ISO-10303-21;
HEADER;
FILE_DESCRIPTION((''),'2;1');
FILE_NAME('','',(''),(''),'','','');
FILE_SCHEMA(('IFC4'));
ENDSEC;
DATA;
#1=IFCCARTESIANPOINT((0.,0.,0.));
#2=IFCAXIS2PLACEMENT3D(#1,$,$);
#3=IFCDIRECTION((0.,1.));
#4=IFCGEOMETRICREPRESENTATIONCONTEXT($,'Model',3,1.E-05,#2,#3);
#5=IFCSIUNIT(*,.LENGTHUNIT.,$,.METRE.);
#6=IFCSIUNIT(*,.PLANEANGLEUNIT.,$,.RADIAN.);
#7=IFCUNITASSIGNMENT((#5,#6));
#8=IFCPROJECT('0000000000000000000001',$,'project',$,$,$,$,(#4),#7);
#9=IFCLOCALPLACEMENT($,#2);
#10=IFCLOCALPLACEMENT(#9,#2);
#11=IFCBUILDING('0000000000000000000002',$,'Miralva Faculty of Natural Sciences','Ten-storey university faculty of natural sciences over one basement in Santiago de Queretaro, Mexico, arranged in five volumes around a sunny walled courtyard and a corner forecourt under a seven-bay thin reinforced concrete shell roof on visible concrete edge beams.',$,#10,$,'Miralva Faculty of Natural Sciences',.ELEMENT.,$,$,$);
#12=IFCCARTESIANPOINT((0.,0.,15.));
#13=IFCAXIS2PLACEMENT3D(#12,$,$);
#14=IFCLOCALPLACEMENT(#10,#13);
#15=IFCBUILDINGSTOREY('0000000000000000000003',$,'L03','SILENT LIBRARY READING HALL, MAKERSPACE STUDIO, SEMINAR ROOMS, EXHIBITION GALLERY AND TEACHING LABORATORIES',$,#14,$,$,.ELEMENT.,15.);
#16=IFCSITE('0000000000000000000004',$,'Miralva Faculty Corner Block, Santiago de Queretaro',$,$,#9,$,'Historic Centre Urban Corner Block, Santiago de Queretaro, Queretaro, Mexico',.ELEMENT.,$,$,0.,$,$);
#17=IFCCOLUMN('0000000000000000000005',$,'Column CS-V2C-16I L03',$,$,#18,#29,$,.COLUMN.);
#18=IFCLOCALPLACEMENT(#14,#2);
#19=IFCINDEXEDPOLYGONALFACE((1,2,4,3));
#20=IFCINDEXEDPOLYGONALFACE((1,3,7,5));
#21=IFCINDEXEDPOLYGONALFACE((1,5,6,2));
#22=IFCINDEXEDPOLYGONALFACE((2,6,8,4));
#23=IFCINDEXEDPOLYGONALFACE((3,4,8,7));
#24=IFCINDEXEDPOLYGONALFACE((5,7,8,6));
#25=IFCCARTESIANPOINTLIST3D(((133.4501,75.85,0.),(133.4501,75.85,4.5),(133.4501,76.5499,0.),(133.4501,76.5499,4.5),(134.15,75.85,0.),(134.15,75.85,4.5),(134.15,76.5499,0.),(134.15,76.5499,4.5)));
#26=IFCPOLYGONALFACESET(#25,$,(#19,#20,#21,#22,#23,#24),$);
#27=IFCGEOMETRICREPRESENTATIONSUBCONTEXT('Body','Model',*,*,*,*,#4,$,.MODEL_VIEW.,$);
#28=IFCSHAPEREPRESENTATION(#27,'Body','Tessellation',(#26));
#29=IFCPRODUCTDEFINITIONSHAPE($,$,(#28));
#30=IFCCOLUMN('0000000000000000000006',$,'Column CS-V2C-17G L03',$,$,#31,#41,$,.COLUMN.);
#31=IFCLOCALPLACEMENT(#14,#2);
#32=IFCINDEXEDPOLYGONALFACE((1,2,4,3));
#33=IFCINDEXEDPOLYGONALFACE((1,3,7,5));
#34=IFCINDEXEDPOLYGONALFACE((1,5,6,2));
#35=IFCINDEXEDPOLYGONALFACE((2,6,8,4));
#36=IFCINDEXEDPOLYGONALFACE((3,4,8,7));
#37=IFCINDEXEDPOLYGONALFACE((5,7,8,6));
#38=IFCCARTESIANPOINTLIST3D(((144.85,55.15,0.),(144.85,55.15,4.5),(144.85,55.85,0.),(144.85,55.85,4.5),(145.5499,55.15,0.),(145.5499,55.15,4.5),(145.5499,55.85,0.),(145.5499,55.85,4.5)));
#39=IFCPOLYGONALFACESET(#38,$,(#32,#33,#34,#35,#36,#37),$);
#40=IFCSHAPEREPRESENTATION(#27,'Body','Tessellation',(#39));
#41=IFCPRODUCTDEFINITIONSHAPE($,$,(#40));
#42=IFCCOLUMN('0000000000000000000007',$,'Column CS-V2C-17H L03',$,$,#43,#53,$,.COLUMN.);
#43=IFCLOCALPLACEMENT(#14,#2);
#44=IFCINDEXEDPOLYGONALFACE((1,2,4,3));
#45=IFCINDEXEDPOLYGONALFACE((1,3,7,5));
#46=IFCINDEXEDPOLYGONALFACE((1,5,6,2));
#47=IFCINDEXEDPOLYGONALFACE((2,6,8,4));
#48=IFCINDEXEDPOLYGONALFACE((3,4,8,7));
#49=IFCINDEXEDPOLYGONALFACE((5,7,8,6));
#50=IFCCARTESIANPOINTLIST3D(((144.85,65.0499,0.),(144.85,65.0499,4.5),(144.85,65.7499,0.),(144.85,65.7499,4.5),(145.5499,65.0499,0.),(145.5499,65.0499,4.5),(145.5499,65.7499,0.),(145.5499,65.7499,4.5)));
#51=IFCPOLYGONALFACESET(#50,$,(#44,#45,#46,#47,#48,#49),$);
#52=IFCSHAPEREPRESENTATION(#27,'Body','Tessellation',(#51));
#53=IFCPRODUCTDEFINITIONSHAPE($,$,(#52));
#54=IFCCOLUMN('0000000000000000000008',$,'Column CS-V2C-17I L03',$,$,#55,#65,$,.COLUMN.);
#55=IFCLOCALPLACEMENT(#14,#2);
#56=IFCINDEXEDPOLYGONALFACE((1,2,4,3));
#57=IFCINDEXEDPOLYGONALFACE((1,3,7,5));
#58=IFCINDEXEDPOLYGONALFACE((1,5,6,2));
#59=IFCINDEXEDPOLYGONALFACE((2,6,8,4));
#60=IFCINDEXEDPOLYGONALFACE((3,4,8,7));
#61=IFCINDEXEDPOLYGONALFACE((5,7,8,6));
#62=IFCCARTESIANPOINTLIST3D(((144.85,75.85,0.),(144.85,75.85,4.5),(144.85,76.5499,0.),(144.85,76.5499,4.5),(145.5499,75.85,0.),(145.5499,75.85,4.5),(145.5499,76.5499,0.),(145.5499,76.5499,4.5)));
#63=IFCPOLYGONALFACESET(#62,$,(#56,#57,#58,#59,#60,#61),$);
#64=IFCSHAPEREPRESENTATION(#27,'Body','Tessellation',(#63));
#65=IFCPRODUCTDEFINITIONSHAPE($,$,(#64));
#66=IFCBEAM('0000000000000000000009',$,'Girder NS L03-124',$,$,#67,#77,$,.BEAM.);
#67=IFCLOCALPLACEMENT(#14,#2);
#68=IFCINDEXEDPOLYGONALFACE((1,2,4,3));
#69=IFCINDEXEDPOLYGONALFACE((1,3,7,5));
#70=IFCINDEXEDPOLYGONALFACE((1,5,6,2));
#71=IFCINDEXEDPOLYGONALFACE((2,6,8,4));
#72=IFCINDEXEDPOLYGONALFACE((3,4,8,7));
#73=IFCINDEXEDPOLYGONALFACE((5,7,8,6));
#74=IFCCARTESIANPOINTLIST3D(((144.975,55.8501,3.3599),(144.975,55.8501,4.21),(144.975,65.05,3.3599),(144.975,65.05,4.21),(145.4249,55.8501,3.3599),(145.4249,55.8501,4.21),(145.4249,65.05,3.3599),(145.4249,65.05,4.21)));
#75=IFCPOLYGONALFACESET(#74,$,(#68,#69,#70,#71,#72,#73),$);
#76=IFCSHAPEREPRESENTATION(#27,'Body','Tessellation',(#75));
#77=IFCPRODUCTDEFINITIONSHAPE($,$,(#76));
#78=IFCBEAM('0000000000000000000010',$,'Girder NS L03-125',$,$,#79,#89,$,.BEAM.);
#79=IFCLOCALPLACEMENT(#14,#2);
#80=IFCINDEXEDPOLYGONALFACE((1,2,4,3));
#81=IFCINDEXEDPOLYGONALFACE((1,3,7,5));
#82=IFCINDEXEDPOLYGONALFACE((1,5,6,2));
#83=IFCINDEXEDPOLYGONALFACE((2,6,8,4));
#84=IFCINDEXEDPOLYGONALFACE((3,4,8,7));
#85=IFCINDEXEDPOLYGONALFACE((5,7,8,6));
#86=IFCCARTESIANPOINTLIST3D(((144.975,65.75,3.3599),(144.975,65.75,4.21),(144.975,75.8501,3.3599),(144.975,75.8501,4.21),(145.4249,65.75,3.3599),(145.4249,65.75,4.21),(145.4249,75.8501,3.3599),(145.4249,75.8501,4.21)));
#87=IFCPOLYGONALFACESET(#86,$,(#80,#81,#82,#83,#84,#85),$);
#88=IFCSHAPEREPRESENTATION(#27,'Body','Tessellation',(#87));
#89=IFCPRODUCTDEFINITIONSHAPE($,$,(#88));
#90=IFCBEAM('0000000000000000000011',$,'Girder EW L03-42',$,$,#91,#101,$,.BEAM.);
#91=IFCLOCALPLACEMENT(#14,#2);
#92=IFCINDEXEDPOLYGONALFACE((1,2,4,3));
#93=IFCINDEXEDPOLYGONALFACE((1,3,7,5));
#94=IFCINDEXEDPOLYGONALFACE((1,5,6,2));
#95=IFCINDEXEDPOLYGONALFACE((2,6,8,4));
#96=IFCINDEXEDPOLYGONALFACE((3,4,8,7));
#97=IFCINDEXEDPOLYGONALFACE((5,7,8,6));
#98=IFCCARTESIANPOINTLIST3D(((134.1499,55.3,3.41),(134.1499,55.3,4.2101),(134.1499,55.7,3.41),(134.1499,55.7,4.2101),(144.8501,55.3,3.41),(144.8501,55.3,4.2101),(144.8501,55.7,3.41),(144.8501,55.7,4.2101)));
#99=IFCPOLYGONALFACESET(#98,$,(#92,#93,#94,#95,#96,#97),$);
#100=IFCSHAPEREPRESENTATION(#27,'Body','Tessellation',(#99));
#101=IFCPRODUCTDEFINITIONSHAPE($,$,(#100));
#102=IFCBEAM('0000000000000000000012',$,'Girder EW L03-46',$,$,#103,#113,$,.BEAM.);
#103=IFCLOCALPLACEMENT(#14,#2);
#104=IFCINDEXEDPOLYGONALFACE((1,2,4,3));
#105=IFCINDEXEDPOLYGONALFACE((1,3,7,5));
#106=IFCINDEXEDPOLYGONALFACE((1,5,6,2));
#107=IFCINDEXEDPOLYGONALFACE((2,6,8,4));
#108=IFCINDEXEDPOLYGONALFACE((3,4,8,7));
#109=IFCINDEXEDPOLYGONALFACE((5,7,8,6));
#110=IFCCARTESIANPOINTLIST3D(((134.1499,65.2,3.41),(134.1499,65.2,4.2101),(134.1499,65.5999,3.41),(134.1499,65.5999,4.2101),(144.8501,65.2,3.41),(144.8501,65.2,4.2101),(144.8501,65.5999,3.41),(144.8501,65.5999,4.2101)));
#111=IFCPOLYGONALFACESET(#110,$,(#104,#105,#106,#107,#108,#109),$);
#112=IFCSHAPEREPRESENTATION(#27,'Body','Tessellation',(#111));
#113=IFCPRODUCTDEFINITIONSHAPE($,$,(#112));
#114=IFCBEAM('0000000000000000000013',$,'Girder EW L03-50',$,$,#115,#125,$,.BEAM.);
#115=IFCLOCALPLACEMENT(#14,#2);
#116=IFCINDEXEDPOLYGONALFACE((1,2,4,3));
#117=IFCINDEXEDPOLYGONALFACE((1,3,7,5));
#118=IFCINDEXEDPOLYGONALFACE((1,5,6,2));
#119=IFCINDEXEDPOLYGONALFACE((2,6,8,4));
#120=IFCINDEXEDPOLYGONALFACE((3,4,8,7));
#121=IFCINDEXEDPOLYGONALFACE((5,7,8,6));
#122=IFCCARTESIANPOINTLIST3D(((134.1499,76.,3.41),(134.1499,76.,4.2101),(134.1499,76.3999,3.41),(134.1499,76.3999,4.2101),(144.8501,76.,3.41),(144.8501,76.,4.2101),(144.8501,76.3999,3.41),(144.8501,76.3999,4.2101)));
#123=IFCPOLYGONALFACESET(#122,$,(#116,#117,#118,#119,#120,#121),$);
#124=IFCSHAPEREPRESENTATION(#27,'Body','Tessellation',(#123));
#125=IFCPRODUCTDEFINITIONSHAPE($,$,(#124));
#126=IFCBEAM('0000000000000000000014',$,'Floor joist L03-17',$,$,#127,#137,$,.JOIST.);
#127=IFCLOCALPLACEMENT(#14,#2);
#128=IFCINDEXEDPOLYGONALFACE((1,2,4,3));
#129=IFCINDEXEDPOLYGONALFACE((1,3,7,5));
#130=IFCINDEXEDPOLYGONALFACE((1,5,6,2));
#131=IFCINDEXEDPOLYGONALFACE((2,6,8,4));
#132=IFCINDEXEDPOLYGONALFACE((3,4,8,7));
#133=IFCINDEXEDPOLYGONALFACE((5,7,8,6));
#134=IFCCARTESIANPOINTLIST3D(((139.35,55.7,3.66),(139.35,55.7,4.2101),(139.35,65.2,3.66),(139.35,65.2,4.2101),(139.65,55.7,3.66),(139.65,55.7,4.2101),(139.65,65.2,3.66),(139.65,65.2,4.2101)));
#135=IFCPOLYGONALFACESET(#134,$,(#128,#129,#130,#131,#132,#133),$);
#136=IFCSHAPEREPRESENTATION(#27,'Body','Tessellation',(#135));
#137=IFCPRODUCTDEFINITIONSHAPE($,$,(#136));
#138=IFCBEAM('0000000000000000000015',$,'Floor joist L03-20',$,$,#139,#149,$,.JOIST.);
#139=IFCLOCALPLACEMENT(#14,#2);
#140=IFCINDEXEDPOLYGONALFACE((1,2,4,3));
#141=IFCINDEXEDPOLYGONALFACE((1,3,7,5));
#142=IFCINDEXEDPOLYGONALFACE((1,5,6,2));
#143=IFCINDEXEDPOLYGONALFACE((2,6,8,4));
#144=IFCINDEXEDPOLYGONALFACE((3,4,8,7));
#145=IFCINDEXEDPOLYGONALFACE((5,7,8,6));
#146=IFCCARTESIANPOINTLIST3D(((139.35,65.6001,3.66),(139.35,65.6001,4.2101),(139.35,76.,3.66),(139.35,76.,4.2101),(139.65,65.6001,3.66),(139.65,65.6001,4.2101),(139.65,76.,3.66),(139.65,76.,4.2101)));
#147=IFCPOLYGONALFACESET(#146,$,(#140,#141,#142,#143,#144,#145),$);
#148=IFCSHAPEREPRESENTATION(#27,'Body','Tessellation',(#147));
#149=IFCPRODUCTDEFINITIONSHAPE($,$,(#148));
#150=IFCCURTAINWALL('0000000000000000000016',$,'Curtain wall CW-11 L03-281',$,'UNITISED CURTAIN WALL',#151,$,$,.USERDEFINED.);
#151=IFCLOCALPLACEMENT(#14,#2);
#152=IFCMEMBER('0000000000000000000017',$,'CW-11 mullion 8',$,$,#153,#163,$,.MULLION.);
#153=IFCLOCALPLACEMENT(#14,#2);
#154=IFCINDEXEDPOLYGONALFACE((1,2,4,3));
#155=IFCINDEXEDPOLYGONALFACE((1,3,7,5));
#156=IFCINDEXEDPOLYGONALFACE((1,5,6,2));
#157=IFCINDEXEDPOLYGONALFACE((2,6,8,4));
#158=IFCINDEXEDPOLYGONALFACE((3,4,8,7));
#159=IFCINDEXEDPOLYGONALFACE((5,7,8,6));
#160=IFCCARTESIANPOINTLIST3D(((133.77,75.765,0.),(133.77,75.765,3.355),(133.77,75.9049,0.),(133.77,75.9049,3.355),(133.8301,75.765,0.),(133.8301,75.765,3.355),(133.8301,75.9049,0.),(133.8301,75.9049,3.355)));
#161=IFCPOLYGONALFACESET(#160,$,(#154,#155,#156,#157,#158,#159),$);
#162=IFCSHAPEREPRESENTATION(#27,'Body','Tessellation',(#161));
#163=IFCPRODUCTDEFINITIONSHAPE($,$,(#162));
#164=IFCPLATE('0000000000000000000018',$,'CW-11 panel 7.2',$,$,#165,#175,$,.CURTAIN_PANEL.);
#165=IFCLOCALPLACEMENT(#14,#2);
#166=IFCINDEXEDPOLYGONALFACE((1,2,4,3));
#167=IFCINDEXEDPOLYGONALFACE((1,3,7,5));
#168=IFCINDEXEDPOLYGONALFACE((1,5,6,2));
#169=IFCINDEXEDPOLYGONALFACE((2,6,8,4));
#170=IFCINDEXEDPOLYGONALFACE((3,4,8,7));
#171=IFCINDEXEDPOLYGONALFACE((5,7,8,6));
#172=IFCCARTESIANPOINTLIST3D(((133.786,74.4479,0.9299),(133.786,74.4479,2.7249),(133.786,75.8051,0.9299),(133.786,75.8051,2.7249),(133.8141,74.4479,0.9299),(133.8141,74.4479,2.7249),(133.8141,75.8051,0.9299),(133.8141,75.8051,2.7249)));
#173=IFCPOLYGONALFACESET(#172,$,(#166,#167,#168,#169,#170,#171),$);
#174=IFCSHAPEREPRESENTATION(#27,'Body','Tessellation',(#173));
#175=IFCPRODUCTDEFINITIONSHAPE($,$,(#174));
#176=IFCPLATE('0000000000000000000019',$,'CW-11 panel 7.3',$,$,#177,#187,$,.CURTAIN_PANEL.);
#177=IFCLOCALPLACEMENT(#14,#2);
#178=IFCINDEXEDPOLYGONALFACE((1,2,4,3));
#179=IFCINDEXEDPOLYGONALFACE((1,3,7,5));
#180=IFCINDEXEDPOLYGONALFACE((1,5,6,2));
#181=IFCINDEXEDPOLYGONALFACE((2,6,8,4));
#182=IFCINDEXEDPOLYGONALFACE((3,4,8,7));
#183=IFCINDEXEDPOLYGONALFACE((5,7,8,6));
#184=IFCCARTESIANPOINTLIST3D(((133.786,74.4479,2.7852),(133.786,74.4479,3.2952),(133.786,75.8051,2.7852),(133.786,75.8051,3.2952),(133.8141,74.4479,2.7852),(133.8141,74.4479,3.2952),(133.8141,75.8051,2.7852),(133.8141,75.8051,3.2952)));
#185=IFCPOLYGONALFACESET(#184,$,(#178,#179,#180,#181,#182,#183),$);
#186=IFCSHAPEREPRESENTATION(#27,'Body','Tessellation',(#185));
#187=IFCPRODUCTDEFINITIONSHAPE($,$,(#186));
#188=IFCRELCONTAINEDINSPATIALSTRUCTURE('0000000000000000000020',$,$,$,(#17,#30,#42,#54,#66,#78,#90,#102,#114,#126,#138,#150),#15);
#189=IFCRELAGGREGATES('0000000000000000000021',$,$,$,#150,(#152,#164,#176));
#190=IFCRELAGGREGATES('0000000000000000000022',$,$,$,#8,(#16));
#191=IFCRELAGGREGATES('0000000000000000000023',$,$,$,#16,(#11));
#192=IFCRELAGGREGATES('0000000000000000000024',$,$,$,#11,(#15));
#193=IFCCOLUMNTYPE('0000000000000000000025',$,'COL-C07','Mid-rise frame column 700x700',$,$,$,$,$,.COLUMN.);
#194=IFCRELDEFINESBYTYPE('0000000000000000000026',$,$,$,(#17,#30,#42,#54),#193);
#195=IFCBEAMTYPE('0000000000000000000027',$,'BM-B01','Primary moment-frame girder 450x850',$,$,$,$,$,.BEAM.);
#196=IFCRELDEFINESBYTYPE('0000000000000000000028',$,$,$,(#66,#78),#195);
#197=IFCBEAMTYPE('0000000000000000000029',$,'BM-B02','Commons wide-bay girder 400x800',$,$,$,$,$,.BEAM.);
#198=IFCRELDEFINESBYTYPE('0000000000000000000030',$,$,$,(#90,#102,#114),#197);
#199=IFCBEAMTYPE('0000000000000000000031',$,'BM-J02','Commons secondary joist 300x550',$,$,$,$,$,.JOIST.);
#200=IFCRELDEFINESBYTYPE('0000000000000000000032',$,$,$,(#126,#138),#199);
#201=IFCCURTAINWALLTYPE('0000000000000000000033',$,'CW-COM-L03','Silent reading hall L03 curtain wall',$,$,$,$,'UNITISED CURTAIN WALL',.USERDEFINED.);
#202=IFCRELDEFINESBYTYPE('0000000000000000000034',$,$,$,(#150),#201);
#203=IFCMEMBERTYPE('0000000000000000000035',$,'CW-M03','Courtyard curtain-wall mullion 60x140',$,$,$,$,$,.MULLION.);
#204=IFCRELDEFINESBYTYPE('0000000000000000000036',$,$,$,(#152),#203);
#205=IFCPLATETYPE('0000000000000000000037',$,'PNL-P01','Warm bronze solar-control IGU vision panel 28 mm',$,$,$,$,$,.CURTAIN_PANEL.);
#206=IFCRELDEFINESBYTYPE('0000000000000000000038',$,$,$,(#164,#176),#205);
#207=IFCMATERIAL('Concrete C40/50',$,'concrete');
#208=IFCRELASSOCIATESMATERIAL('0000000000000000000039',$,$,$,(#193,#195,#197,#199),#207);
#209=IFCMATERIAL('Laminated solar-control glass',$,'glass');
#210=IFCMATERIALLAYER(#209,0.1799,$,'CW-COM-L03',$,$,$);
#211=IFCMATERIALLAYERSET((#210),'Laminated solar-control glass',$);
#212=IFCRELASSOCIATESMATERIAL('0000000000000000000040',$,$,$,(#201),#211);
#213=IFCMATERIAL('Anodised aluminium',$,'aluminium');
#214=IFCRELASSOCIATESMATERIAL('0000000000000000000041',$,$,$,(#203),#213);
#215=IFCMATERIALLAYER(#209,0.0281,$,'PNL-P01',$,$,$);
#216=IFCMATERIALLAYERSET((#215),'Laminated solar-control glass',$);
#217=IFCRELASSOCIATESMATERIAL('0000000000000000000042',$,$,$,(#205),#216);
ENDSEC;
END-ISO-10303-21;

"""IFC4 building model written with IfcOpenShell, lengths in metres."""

from ifc_helpers import new_model, si_unit, direction, frame, origin, origin_2d, place, context, subcontext, project, spatial, rectangle, extrude, material, layer, layer_set, material_profile, profile_set, type_object, element, aggregate, save


model = new_model("IFC4")

# Units and contexts
model_context = context("Model", 3, precision=1e-05, world=origin(), true_north=direction((0.0, 1.0)))
body_context = subcontext(model_context, "Body", "Model", "MODEL_VIEW")
ifc_project = project(units=[si_unit("LENGTHUNIT", "METRE"), si_unit("PLANEANGLEUNIT", "RADIAN")], contexts=[model_context])

# Site, building, storey
site_placement = place(None, origin())
site = spatial("IfcSite", under=ifc_project, at=site_placement, Name="Miralva Faculty Corner Block, Santiago de Queretaro", LongName="Historic Centre Urban Corner Block, Santiago de Queretaro, Queretaro, Mexico", CompositionType="ELEMENT", RefElevation=0.0)
building_placement = place(site_placement, origin())
building = spatial("IfcBuilding", under=site, at=building_placement, Name="Miralva Faculty of Natural Sciences", Description="Ten-storey university faculty of natural sciences over one basement in Santiago de Queretaro, Mexico, arranged in five volumes around a sunny walled courtyard and a corner forecourt under a seven-bay thin reinforced concrete shell roof on visible concrete edge beams.", LongName="Miralva Faculty of Natural Sciences", CompositionType="ELEMENT")
storey_placement = place(building_placement, frame((0.0, 0.0, 15.0)))
storey = spatial("IfcBuildingStorey", under=building, at=storey_placement, Name="L03", Description="SILENT LIBRARY READING HALL, MAKERSPACE STUDIO, SEMINAR ROOMS, EXHIBITION GALLERY AND TEACHING LABORATORIES", CompositionType="ELEMENT", Elevation=15.0)

# Columns
ifc_material_1 = material(Name="Concrete C40/50", Category="concrete")
ifc_material_profile_1 = material_profile(ifc_material_1, rectangle(XDim=0.7, YDim=0.7, at=origin_2d()), Name="RC 700x700")
ifc_profile_set_1 = profile_set([ifc_material_profile_1], Name="Concrete C40/50")
column_type = type_object("IfcColumnType", Name="COL-C07", Description="Mid-rise frame column 700x700", PredefinedType="COLUMN", material=ifc_profile_set_1)
for number, where, z_axis, x_axis, name in (
    (1, (133.8, 76.2, 0.0), (0.0, 0.0, 1.0), (1.0, 0.0, 0.0), "Column CS-V2C-16I L03"),
    (2, (145.2, 55.5, 0.0), (0.0, 0.0, 1.0), (1.0, 0.0, 0.0), "Column CS-V2C-17G L03"),
    (3, (145.2, 65.3999, 0.0), (0.0, 0.0, 1.0), (1.0, 0.0, 0.0), "Column CS-V2C-17H L03"),
    (4, (145.2, 76.2, 0.0), (0.0, 0.0, 1.0), (1.0, 0.0, 0.0), "Column CS-V2C-17I L03"),
):
    element("IfcColumn", number, at=place(storey_placement, frame(where, z_axis=z_axis, x_axis=x_axis)), inside=storey, type_object=column_type, Name=name, PredefinedType="COLUMN", context=body_context, shape_type="SweptSolid", body=[
        extrude(rectangle(XDim=0.7, YDim=0.7, at=origin_2d()), origin(), (0.0, 0.0, 1.0), 4.5),
    ])

# Beams
ifc_material_profile_2 = material_profile(ifc_material_1, rectangle(XDim=0.45, YDim=0.8501, at=origin_2d()), Name="RC 450x850")
ifc_profile_set_2 = profile_set([ifc_material_profile_2], Name="Concrete C40/50")
beam_type_1 = type_object("IfcBeamType", Name="BM-B01", Description="Primary moment-frame girder 450x850", PredefinedType="BEAM", material=ifc_profile_set_2)
beam_1_placement = place(storey_placement, frame((145.2, 55.8501, 3.7849), z_axis=(0.0, 1.0, 0.0), x_axis=(-1.0, 0.0, 0.0)))
element("IfcBeam", 5, at=beam_1_placement, inside=storey, type_object=beam_type_1, Name="Girder NS L03-124", PredefinedType="BEAM", context=body_context, shape_type="SweptSolid", body=[
    extrude(rectangle(XDim=0.45, YDim=0.8501, at=origin_2d()), origin(), (0.0, 0.0, 1.0), 9.2),
])
beam_2_placement = place(storey_placement, frame((145.2, 65.75, 3.7849), z_axis=(0.0, 1.0, 0.0), x_axis=(-1.0, 0.0, 0.0)))
element("IfcBeam", 6, at=beam_2_placement, inside=storey, type_object=beam_type_1, Name="Girder NS L03-125", PredefinedType="BEAM", context=body_context, shape_type="SweptSolid", body=[
    extrude(rectangle(XDim=0.45, YDim=0.8501, at=origin_2d()), origin(), (0.0, 0.0, 1.0), 10.1001),
])
ifc_material_profile_3 = material_profile(ifc_material_1, rectangle(XDim=0.3999, YDim=0.8, at=origin_2d()), Name="RC 400x800")
ifc_profile_set_3 = profile_set([ifc_material_profile_3], Name="Concrete C40/50")
beam_type_2 = type_object("IfcBeamType", Name="BM-B02", Description="Commons wide-bay girder 400x800", PredefinedType="BEAM", material=ifc_profile_set_3)
for number, where, z_axis, x_axis, name in (
    (7, (134.1499, 55.5, 3.8101), (1.0, 0.0, 0.0), (0.0, 1.0, 0.0), "Girder EW L03-42"),
    (8, (134.1499, 65.3999, 3.8101), (1.0, 0.0, 0.0), (0.0, 1.0, 0.0), "Girder EW L03-46"),
    (9, (134.1499, 76.2, 3.8101), (1.0, 0.0, 0.0), (0.0, 1.0, 0.0), "Girder EW L03-50"),
):
    element("IfcBeam", number, at=place(storey_placement, frame(where, z_axis=z_axis, x_axis=x_axis)), inside=storey, type_object=beam_type_2, Name=name, PredefinedType="BEAM", context=body_context, shape_type="SweptSolid", body=[
        extrude(rectangle(XDim=0.3999, YDim=0.8, at=origin_2d()), origin(), (0.0, 0.0, 1.0), 10.7002),
    ])
ifc_material_profile_4 = material_profile(ifc_material_1, rectangle(XDim=0.3, YDim=0.55, at=origin_2d()), Name="RC 300x550")
ifc_profile_set_4 = profile_set([ifc_material_profile_4], Name="Concrete C40/50")
beam_type_3 = type_object("IfcBeamType", Name="BM-J02", Description="Commons secondary joist 300x550", PredefinedType="JOIST", material=ifc_profile_set_4)
beam_3_placement = place(storey_placement, frame((139.5, 55.7, 3.9351), z_axis=(0.0, 1.0, 0.0), x_axis=(-1.0, 0.0, 0.0)))
element("IfcBeam", 10, at=beam_3_placement, inside=storey, type_object=beam_type_3, Name="Floor joist L03-17", PredefinedType="JOIST", context=body_context, shape_type="SweptSolid", body=[
    extrude(rectangle(XDim=0.3, YDim=0.55, at=origin_2d()), origin(), (0.0, 0.0, 1.0), 9.5),
])
beam_4_placement = place(storey_placement, frame((139.5, 65.6001, 3.9351), z_axis=(0.0, 1.0, 0.0), x_axis=(-1.0, 0.0, 0.0)))
element("IfcBeam", 11, at=beam_4_placement, inside=storey, type_object=beam_type_3, Name="Floor joist L03-20", PredefinedType="JOIST", context=body_context, shape_type="SweptSolid", body=[
    extrude(rectangle(XDim=0.3, YDim=0.55, at=origin_2d()), origin(), (0.0, 0.0, 1.0), 10.3999),
])

# Curtain wall, member, plates
ifc_material_2 = material(Name="Laminated solar-control glass", Category="glass")
ifc_layer_1 = layer(ifc_material_2, 0.1799, Name="CW-COM-L03")
ifc_layer_set_1 = layer_set([ifc_layer_1], Name="Laminated solar-control glass")
curtain_wall_type = type_object("IfcCurtainWallType", Name="CW-COM-L03", Description="Silent reading hall L03 curtain wall", ElementType="UNITISED CURTAIN WALL", PredefinedType="USERDEFINED", material=ifc_layer_set_1)
curtain_wall_placement = place(storey_placement, origin())
curtain_wall = element("IfcCurtainWall", 12, at=curtain_wall_placement, inside=storey, type_object=curtain_wall_type, Name="Curtain wall CW-11 L03-281", ObjectType="UNITISED CURTAIN WALL", PredefinedType="USERDEFINED")
ifc_material_3 = material(Name="Anodised aluminium", Category="aluminium")
ifc_material_profile_5 = material_profile(ifc_material_3, rectangle(XDim=0.0601, YDim=0.1399, at=origin_2d()), Name="MULLION 60x140")
ifc_profile_set_5 = profile_set([ifc_material_profile_5], Name="Anodised aluminium")
member_type = type_object("IfcMemberType", Name="CW-M03", Description="Courtyard curtain-wall mullion 60x140", PredefinedType="MULLION", material=ifc_profile_set_5)
member_placement = place(storey_placement, frame((133.8, 75.835, 0.0), z_axis=(0.0, 0.0, 1.0), x_axis=(-1.0, 0.0, 0.0)))
member = element("IfcMember", 13, at=member_placement, type_object=member_type, Name="CW-11 mullion 8", PredefinedType="MULLION", context=body_context, shape_type="SweptSolid", body=[
    extrude(rectangle(XDim=0.0601, YDim=0.1399, at=origin_2d()), origin(), (0.0, 0.0, 1.0), 3.355),
])
ifc_layer_2 = layer(ifc_material_2, 0.0281, Name="PNL-P01")
ifc_layer_set_2 = layer_set([ifc_layer_2], Name="Laminated solar-control glass")
plate_type = type_object("IfcPlateType", Name="PNL-P01", Description="Warm bronze solar-control IGU vision panel 28 mm", PredefinedType="CURTAIN_PANEL", material=ifc_layer_set_2)
plate_1_placement = place(storey_placement, frame((133.8, 75.1265, 0.9299), z_axis=(0.0, 0.0, 1.0), x_axis=(0.0, 1.0, 0.0)))
plate_1 = element("IfcPlate", 14, at=plate_1_placement, type_object=plate_type, Name="CW-11 panel 7.2", PredefinedType="CURTAIN_PANEL", context=body_context, shape_type="SweptSolid", body=[
    extrude(rectangle(XDim=1.3572, YDim=0.0281, at=origin_2d()), origin(), (0.0, 0.0, 1.0), 1.7949),
])
plate_2_placement = place(storey_placement, frame((133.8, 75.1265, 2.7852), z_axis=(0.0, 0.0, 1.0), x_axis=(0.0, 1.0, 0.0)))
plate_2 = element("IfcPlate", 15, at=plate_2_placement, type_object=plate_type, Name="CW-11 panel 7.3", PredefinedType="CURTAIN_PANEL", context=body_context, shape_type="SweptSolid", body=[
    extrude(rectangle(XDim=1.3572, YDim=0.0281, at=origin_2d()), origin(), (0.0, 0.0, 1.0), 0.51),
])
aggregate(curtain_wall, [member, plate_1, plate_2])

save(model, "model.ifc")
